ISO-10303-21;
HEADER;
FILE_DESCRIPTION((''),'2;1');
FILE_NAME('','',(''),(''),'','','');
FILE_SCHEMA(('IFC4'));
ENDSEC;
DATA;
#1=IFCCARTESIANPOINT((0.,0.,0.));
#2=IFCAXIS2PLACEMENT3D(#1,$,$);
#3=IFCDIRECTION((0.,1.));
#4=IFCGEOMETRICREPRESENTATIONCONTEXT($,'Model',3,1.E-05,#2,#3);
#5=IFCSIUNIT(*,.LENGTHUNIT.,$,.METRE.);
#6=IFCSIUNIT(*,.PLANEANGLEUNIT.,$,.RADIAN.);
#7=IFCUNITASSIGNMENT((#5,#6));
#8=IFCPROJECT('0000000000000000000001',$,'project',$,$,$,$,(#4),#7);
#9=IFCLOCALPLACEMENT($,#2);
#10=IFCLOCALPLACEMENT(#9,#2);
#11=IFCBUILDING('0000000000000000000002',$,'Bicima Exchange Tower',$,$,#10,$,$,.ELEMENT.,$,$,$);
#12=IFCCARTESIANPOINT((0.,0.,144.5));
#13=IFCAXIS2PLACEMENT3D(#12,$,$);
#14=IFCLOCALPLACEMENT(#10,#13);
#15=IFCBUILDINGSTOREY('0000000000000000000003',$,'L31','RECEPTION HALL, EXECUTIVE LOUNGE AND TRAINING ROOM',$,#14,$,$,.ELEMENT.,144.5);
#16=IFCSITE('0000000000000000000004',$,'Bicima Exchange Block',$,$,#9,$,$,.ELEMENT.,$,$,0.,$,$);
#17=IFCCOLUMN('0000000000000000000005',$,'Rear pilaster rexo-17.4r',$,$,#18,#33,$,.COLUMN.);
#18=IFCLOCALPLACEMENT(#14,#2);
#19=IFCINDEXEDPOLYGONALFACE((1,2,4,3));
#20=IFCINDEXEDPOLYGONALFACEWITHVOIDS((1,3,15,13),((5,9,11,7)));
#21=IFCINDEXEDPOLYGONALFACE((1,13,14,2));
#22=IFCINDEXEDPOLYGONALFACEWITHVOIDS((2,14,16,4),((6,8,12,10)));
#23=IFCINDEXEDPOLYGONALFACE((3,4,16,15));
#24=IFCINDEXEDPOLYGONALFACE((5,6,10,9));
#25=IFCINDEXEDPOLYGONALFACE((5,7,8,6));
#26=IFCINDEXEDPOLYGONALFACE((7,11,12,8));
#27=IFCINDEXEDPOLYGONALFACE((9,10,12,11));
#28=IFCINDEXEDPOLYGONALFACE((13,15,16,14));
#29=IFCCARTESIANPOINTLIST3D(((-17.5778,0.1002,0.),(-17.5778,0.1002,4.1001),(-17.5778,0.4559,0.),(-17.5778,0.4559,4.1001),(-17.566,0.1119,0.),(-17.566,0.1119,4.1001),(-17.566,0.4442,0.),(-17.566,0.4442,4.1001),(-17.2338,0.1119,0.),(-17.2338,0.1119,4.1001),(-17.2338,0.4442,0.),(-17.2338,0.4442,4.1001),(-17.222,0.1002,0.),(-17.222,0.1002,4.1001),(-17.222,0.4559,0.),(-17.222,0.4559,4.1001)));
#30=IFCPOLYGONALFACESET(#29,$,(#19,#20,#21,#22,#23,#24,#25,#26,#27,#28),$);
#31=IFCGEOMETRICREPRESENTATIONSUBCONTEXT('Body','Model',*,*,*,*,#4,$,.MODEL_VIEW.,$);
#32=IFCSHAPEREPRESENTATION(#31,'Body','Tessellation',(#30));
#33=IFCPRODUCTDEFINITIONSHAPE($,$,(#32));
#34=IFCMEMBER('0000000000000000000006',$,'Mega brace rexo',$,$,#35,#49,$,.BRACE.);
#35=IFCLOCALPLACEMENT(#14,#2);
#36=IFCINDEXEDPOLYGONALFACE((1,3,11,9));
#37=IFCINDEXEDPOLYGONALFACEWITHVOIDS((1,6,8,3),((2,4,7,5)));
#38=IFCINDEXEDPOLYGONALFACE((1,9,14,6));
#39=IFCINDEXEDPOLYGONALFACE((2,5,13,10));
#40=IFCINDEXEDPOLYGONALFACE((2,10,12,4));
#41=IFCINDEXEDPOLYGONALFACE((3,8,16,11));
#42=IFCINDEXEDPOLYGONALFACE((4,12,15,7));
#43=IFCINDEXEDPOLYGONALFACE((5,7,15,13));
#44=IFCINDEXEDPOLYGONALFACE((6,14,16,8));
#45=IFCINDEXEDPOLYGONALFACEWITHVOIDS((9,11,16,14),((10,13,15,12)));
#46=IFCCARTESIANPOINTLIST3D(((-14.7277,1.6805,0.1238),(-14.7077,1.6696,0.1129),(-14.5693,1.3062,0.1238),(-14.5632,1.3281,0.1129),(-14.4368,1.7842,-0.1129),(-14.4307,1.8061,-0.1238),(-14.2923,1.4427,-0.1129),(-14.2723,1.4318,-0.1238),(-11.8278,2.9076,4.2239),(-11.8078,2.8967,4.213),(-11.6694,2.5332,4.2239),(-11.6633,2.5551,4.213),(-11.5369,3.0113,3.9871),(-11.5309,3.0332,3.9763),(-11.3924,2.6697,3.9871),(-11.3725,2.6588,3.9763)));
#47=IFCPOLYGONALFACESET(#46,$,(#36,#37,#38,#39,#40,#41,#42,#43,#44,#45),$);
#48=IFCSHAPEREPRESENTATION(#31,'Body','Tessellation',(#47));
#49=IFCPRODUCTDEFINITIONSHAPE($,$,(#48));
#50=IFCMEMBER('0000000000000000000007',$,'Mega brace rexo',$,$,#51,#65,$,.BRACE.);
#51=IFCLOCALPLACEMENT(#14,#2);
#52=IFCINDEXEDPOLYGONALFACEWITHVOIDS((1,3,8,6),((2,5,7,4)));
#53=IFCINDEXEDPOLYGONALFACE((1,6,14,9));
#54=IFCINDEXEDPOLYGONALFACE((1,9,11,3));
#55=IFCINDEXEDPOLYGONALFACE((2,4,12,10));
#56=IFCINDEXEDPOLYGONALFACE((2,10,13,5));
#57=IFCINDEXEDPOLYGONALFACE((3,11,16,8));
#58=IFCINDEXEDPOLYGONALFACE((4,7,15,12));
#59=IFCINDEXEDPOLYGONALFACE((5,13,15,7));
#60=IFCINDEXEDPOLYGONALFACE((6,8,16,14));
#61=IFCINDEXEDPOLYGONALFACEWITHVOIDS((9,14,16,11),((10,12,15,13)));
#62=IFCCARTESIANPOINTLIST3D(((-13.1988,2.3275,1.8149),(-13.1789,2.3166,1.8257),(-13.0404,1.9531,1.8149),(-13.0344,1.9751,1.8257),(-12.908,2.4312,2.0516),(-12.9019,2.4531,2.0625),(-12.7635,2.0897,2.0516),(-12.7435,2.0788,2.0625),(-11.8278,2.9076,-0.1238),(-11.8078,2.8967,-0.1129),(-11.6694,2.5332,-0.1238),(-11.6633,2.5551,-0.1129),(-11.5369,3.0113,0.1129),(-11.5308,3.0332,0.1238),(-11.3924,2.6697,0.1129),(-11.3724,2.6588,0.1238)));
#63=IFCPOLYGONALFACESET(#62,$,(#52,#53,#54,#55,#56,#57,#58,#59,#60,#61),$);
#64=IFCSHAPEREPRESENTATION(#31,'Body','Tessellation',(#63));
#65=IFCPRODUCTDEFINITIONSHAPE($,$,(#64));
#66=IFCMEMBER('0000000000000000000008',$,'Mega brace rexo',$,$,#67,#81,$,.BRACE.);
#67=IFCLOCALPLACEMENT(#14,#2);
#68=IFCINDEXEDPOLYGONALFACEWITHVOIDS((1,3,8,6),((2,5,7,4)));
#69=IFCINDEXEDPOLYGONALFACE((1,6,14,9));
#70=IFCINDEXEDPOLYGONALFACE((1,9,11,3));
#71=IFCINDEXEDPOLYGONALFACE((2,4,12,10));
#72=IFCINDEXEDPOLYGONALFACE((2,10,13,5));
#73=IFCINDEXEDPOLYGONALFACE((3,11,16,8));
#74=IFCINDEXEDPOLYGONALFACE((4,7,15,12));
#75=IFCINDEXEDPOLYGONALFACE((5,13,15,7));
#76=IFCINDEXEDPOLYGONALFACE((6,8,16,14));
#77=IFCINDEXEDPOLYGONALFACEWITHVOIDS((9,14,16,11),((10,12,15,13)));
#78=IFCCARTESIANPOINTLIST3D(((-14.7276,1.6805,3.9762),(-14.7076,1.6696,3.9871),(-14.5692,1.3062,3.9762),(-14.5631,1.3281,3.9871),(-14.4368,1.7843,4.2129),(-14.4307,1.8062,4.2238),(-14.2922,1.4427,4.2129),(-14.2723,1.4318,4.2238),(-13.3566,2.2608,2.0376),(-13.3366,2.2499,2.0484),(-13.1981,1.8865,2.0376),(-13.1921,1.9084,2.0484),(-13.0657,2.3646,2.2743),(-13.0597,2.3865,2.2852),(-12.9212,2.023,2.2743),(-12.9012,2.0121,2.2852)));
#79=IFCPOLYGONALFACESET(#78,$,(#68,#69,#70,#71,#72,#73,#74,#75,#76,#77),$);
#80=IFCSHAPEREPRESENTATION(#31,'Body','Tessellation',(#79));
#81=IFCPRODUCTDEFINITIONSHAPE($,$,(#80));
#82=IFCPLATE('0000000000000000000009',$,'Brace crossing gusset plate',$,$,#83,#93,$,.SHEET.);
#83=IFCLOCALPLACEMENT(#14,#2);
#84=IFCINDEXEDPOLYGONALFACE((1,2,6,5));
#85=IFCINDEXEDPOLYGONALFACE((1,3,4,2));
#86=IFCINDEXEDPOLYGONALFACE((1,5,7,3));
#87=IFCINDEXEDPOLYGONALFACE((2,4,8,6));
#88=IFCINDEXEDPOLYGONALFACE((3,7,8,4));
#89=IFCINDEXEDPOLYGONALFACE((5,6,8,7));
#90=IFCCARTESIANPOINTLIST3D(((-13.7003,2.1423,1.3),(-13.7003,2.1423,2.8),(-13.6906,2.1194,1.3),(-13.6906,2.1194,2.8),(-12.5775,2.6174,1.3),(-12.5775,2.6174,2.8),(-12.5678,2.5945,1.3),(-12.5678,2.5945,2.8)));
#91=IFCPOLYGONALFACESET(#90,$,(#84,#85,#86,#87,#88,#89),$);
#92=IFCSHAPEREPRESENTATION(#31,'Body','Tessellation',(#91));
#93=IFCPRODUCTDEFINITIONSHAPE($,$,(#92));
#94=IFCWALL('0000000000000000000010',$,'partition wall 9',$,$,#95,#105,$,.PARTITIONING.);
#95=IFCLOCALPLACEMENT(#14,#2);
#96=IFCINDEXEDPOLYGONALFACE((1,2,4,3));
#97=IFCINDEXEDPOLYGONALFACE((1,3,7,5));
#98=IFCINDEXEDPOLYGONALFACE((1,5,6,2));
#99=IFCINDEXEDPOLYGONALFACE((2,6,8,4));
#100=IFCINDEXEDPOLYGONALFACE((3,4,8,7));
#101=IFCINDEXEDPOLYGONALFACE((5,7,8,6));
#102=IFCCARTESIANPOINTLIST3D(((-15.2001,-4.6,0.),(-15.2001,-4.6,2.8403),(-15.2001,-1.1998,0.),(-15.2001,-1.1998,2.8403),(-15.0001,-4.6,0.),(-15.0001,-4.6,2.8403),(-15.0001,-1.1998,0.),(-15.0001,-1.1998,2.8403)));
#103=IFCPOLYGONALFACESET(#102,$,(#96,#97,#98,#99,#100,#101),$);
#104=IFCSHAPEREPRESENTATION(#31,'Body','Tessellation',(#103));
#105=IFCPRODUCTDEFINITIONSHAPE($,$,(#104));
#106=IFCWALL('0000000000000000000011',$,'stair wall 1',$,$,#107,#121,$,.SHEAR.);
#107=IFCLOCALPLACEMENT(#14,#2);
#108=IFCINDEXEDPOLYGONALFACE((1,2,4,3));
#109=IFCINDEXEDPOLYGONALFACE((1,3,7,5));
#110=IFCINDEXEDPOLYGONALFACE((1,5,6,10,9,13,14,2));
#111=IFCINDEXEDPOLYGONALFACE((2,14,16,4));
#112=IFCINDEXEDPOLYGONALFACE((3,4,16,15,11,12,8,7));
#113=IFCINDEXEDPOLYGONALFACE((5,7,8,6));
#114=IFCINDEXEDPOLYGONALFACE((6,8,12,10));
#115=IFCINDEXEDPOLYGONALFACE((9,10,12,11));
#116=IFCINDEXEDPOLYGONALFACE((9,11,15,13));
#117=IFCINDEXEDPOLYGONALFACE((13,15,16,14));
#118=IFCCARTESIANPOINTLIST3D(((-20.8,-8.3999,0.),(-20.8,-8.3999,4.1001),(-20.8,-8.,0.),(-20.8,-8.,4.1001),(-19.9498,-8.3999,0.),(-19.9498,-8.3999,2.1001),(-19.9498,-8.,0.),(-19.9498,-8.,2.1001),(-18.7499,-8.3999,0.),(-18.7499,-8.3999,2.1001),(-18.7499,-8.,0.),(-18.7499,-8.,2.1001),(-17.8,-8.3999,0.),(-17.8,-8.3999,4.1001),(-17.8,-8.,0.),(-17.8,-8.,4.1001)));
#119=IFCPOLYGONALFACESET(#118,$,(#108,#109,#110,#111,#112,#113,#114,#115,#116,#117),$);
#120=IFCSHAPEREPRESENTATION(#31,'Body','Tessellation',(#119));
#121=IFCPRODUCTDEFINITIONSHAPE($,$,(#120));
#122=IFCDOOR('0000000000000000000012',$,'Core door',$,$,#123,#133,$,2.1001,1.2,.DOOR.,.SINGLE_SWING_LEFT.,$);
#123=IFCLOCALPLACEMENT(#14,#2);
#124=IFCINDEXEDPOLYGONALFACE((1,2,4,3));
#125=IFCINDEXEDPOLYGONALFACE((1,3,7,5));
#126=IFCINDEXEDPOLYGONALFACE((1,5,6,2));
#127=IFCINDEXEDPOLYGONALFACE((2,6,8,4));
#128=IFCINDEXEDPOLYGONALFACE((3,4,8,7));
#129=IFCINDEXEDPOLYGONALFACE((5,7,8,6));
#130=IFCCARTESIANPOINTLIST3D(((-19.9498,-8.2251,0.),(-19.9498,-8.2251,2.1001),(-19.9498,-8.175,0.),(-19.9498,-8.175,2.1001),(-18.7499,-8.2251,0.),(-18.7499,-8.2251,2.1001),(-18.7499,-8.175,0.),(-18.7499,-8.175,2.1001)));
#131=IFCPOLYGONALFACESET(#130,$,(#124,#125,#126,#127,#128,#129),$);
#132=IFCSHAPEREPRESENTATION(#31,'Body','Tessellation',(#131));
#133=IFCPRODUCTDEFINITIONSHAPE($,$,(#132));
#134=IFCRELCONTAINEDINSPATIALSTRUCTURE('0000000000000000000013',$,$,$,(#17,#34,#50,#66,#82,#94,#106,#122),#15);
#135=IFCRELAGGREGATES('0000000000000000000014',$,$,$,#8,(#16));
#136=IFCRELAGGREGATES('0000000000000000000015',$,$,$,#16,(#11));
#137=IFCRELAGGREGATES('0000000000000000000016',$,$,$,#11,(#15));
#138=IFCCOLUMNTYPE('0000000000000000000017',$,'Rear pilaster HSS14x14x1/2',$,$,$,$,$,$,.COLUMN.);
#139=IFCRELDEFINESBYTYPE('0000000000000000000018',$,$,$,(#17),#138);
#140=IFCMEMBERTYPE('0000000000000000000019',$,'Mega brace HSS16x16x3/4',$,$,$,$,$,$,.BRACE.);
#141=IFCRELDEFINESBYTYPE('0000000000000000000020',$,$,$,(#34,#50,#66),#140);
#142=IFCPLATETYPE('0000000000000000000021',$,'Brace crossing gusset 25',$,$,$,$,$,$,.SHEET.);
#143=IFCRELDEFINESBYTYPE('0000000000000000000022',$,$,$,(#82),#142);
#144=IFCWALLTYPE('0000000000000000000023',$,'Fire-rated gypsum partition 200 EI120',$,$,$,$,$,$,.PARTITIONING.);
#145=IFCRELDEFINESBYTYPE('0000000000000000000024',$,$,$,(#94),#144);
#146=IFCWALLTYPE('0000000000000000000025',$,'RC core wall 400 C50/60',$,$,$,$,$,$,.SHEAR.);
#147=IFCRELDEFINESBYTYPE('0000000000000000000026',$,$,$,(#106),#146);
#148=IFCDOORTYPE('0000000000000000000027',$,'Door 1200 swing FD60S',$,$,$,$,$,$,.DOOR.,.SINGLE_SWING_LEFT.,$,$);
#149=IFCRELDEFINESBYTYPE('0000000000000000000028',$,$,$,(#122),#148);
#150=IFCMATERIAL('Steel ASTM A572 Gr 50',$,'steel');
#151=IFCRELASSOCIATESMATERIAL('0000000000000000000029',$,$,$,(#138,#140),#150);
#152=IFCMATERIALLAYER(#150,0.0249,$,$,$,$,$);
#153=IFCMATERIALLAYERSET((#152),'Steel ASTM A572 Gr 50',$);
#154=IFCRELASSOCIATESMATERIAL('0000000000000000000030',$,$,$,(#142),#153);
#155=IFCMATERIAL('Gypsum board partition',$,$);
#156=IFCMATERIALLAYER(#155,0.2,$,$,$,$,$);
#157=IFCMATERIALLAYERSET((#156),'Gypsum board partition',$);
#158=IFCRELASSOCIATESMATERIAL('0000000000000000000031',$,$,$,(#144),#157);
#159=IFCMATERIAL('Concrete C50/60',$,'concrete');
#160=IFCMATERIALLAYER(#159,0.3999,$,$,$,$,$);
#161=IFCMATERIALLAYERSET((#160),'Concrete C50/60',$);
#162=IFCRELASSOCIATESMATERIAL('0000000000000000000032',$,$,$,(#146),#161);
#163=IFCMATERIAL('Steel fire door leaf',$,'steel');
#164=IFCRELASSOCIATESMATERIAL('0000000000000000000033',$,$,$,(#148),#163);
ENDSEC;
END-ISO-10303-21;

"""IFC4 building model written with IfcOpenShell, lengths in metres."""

from ifc_helpers import new_model, si_unit, direction, frame, frame_2d, origin, origin_2d, place, context, subcontext, project, spatial, rectangle, hollow_rectangle, extrude, material, layer, layer_set, material_profile, profile_set, type_object, element, fill, save


model = new_model("IFC4")

# Units and contexts
model_context = context("Model", 3, precision=1e-05, world=origin(), true_north=direction((0.0, 1.0)))
body_context = subcontext(model_context, "Body", "Model", "MODEL_VIEW")
ifc_project = project(units=[si_unit("LENGTHUNIT", "METRE"), si_unit("PLANEANGLEUNIT", "RADIAN")], contexts=[model_context])

# Site, building, storey
site_placement = place(None, origin())
site = spatial("IfcSite", under=ifc_project, at=site_placement, Name="Bicima Exchange Block", CompositionType="ELEMENT", RefElevation=0.0)
building_placement = place(site_placement, origin())
building = spatial("IfcBuilding", under=site, at=building_placement, Name="Bicima Exchange Tower", CompositionType="ELEMENT")
storey_placement = place(building_placement, frame((0.0, 0.0, 144.5)))
storey = spatial("IfcBuildingStorey", under=building, at=storey_placement, Name="L31", Description="RECEPTION HALL, EXECUTIVE LOUNGE AND TRAINING ROOM", CompositionType="ELEMENT", Elevation=144.5)

# Column
ifc_material_1 = material(Name="Steel ASTM A572 Gr 50", Category="steel")
ifc_material_profile_1 = material_profile(ifc_material_1, hollow_rectangle(XDim=0.3557, YDim=0.3557, WallThickness=0.0117, at=origin_2d()))
ifc_profile_set_1 = profile_set([ifc_material_profile_1], Name="Steel ASTM A572 Gr 50")
column_type = type_object("IfcColumnType", Name="Rear pilaster HSS14x14x1/2", PredefinedType="COLUMN", material=ifc_profile_set_1)
column_placement = place(storey_placement, frame((-17.3999, 0.2781, 0.0), z_axis=(0.0, 0.0, 1.0), x_axis=(1.0, 0.0, 0.0)))
element("IfcColumn", 1, at=column_placement, inside=storey, type_object=column_type, Name="Rear pilaster rexo-17.4r", PredefinedType="COLUMN", context=body_context, shape_type="SweptSolid", body=[
    extrude(hollow_rectangle(XDim=0.3557, YDim=0.3557, WallThickness=0.0117, at=origin_2d()), origin(), (0.0, 0.0, 1.0), 4.1001),
])

# Members
ifc_material_profile_2 = material_profile(ifc_material_1, hollow_rectangle(XDim=0.4065, YDim=0.4065, WallThickness=0.0178, at=origin_2d()))
ifc_profile_set_2 = profile_set([ifc_material_profile_2], Name="Steel ASTM A572 Gr 50")
member_type = type_object("IfcMemberType", Name="Mega brace HSS16x16x3/4", PredefinedType="BRACE", material=ifc_profile_set_2)
member_placement = place(storey_placement, frame((-14.5, 1.5562, 0.0), z_axis=(0.560941, 0.237354, 0.7931), x_axis=(-0.389686, 0.920948, 0.0)))
element("IfcMember", 2, at=member_placement, inside=storey, type_object=member_type, Name="Mega brace rexo", PredefinedType="BRACE", context=body_context, shape_type="SweptSolid", body=[
    extrude(hollow_rectangle(XDim=0.4065, YDim=0.4065, WallThickness=0.0178, at=origin_2d()), origin(), (0.0, 0.0, 1.0), 5.1697),
])
for number, where, z_axis, x_axis, name in (
    (3, (-11.6001, 2.7832, 0.0), (-0.560915, -0.23731, 0.793132), (0.38964, -0.920967, 0.0), "Mega brace rexo"),
    (4, (-13.1289, 2.1365, 2.1614), (-0.560902, -0.237405, 0.793113), (0.389779, -0.920908, 0.0), "Mega brace rexo"),
):
    element("IfcMember", number, at=place(storey_placement, frame(where, z_axis=z_axis, x_axis=x_axis)), inside=storey, type_object=member_type, Name=name, PredefinedType="BRACE", context=body_context, shape_type="SweptSolid", body=[
        extrude(hollow_rectangle(XDim=0.4065, YDim=0.4065, WallThickness=0.0178, at=origin_2d()), origin(), (0.0, 0.0, 1.0), 2.4443),
    ])

# Plate
ifc_layer_1 = layer(ifc_material_1, 0.0249)
ifc_layer_set_1 = layer_set([ifc_layer_1], Name="Steel ASTM A572 Gr 50")
plate_type = type_object("IfcPlateType", Name="Brace crossing gusset 25", PredefinedType="SHEET", material=ifc_layer_set_1)
plate_placement = place(storey_placement, frame((-13.134, 2.3684, 1.3), z_axis=(0.0, 0.0, 1.0), x_axis=(0.920946, 0.38969, 0.0)))
element("IfcPlate", 5, at=plate_placement, inside=storey, type_object=plate_type, Name="Brace crossing gusset plate", PredefinedType="SHEET", context=body_context, shape_type="SweptSolid", body=[
    extrude(rectangle(XDim=1.2192, YDim=0.0249, at=origin_2d()), origin(), (0.0, 0.0, 1.0), 1.5),
])

# Wall
ifc_material_2 = material(Name="Gypsum board partition")
ifc_layer_2 = layer(ifc_material_2, 0.2)
ifc_layer_set_2 = layer_set([ifc_layer_2], Name="Gypsum board partition")
wall_type_1 = type_object("IfcWallType", Name="Fire-rated gypsum partition 200 EI120", PredefinedType="PARTITIONING", material=ifc_layer_set_2)
wall_1_placement = place(storey_placement, frame((-15.1001, -4.6001, 0.0), z_axis=(0.0, 0.0, 1.0), x_axis=(0.0, 1.0, 0.0)))
element("IfcWall", 6, at=wall_1_placement, inside=storey, type_object=wall_type_1, Name="partition wall 9", PredefinedType="PARTITIONING", context=body_context, shape_type="SweptSolid", body=[
    extrude(rectangle(XDim=3.4001, YDim=0.2, at=frame_2d((1.7002, 0.0))), origin(), (0.0, 0.0, 1.0), 2.8403),
])

# Wall, opening, door
ifc_material_3 = material(Name="Concrete C50/60", Category="concrete")
ifc_layer_3 = layer(ifc_material_3, 0.3999)
ifc_layer_set_3 = layer_set([ifc_layer_3], Name="Concrete C50/60")
wall_type_2 = type_object("IfcWallType", Name="RC core wall 400 C50/60", PredefinedType="SHEAR", material=ifc_layer_set_3)
wall_2_placement = place(storey_placement, frame((-20.8, -8.2, 0.0), z_axis=(0.0, 0.0, 1.0), x_axis=(1.0, 0.0, 0.0)))
wall_2 = element("IfcWall", 7, at=wall_2_placement, inside=storey, type_object=wall_type_2, Name="stair wall 1", PredefinedType="SHEAR", context=body_context, shape_type="SweptSolid", body=[
    extrude(rectangle(XDim=3.0, YDim=0.3999, at=frame_2d((1.5, 0.0))), origin(), (0.0, 0.0, 1.0), 4.1001),
])
opening_1_placement = place(wall_2_placement, frame((0.8501, 0.0, 0.0)))
opening_1 = element("IfcOpeningElement", 8, at=opening_1_placement, cuts=wall_2, PredefinedType="OPENING", context=body_context, shape_type="SweptSolid", body=[
    extrude(rectangle(XDim=1.2, YDim=2.1001, at=frame_2d((0.6001, 1.05))), frame((0.0, 0.2119, 0.0), z_axis=(0.0, -1.0, 0.0), x_axis=(1.0, 0.0, 0.0)), (0.0, 0.0, 1.0), 0.4238),
])
ifc_material_4 = material(Name="Steel fire door leaf", Category="steel")
door_type_1 = type_object("IfcDoorType", Name="Door 1200 swing FD60S", OperationType="SINGLE_SWING_LEFT", PredefinedType="DOOR", material=ifc_material_4)
door_1_placement = place(opening_1_placement, origin())
door_1 = element("IfcDoor", 9, at=door_1_placement, inside=storey, type_object=door_type_1, Name="Core door", OperationType="SINGLE_SWING_LEFT", OverallHeight=2.1001, OverallWidth=1.2, PredefinedType="DOOR", context=body_context, shape_type="SweptSolid", body=[
    extrude(rectangle(XDim=1.2, YDim=2.1001, at=frame_2d((0.6001, 1.05))), frame((0.0, 0.0249, 0.0), z_axis=(0.0, -1.0, 0.0), x_axis=(1.0, 0.0, 0.0)), (0.0, 0.0, 1.0), 0.05),
])
fill(opening_1, door_1)

save(model, "model.ifc")
